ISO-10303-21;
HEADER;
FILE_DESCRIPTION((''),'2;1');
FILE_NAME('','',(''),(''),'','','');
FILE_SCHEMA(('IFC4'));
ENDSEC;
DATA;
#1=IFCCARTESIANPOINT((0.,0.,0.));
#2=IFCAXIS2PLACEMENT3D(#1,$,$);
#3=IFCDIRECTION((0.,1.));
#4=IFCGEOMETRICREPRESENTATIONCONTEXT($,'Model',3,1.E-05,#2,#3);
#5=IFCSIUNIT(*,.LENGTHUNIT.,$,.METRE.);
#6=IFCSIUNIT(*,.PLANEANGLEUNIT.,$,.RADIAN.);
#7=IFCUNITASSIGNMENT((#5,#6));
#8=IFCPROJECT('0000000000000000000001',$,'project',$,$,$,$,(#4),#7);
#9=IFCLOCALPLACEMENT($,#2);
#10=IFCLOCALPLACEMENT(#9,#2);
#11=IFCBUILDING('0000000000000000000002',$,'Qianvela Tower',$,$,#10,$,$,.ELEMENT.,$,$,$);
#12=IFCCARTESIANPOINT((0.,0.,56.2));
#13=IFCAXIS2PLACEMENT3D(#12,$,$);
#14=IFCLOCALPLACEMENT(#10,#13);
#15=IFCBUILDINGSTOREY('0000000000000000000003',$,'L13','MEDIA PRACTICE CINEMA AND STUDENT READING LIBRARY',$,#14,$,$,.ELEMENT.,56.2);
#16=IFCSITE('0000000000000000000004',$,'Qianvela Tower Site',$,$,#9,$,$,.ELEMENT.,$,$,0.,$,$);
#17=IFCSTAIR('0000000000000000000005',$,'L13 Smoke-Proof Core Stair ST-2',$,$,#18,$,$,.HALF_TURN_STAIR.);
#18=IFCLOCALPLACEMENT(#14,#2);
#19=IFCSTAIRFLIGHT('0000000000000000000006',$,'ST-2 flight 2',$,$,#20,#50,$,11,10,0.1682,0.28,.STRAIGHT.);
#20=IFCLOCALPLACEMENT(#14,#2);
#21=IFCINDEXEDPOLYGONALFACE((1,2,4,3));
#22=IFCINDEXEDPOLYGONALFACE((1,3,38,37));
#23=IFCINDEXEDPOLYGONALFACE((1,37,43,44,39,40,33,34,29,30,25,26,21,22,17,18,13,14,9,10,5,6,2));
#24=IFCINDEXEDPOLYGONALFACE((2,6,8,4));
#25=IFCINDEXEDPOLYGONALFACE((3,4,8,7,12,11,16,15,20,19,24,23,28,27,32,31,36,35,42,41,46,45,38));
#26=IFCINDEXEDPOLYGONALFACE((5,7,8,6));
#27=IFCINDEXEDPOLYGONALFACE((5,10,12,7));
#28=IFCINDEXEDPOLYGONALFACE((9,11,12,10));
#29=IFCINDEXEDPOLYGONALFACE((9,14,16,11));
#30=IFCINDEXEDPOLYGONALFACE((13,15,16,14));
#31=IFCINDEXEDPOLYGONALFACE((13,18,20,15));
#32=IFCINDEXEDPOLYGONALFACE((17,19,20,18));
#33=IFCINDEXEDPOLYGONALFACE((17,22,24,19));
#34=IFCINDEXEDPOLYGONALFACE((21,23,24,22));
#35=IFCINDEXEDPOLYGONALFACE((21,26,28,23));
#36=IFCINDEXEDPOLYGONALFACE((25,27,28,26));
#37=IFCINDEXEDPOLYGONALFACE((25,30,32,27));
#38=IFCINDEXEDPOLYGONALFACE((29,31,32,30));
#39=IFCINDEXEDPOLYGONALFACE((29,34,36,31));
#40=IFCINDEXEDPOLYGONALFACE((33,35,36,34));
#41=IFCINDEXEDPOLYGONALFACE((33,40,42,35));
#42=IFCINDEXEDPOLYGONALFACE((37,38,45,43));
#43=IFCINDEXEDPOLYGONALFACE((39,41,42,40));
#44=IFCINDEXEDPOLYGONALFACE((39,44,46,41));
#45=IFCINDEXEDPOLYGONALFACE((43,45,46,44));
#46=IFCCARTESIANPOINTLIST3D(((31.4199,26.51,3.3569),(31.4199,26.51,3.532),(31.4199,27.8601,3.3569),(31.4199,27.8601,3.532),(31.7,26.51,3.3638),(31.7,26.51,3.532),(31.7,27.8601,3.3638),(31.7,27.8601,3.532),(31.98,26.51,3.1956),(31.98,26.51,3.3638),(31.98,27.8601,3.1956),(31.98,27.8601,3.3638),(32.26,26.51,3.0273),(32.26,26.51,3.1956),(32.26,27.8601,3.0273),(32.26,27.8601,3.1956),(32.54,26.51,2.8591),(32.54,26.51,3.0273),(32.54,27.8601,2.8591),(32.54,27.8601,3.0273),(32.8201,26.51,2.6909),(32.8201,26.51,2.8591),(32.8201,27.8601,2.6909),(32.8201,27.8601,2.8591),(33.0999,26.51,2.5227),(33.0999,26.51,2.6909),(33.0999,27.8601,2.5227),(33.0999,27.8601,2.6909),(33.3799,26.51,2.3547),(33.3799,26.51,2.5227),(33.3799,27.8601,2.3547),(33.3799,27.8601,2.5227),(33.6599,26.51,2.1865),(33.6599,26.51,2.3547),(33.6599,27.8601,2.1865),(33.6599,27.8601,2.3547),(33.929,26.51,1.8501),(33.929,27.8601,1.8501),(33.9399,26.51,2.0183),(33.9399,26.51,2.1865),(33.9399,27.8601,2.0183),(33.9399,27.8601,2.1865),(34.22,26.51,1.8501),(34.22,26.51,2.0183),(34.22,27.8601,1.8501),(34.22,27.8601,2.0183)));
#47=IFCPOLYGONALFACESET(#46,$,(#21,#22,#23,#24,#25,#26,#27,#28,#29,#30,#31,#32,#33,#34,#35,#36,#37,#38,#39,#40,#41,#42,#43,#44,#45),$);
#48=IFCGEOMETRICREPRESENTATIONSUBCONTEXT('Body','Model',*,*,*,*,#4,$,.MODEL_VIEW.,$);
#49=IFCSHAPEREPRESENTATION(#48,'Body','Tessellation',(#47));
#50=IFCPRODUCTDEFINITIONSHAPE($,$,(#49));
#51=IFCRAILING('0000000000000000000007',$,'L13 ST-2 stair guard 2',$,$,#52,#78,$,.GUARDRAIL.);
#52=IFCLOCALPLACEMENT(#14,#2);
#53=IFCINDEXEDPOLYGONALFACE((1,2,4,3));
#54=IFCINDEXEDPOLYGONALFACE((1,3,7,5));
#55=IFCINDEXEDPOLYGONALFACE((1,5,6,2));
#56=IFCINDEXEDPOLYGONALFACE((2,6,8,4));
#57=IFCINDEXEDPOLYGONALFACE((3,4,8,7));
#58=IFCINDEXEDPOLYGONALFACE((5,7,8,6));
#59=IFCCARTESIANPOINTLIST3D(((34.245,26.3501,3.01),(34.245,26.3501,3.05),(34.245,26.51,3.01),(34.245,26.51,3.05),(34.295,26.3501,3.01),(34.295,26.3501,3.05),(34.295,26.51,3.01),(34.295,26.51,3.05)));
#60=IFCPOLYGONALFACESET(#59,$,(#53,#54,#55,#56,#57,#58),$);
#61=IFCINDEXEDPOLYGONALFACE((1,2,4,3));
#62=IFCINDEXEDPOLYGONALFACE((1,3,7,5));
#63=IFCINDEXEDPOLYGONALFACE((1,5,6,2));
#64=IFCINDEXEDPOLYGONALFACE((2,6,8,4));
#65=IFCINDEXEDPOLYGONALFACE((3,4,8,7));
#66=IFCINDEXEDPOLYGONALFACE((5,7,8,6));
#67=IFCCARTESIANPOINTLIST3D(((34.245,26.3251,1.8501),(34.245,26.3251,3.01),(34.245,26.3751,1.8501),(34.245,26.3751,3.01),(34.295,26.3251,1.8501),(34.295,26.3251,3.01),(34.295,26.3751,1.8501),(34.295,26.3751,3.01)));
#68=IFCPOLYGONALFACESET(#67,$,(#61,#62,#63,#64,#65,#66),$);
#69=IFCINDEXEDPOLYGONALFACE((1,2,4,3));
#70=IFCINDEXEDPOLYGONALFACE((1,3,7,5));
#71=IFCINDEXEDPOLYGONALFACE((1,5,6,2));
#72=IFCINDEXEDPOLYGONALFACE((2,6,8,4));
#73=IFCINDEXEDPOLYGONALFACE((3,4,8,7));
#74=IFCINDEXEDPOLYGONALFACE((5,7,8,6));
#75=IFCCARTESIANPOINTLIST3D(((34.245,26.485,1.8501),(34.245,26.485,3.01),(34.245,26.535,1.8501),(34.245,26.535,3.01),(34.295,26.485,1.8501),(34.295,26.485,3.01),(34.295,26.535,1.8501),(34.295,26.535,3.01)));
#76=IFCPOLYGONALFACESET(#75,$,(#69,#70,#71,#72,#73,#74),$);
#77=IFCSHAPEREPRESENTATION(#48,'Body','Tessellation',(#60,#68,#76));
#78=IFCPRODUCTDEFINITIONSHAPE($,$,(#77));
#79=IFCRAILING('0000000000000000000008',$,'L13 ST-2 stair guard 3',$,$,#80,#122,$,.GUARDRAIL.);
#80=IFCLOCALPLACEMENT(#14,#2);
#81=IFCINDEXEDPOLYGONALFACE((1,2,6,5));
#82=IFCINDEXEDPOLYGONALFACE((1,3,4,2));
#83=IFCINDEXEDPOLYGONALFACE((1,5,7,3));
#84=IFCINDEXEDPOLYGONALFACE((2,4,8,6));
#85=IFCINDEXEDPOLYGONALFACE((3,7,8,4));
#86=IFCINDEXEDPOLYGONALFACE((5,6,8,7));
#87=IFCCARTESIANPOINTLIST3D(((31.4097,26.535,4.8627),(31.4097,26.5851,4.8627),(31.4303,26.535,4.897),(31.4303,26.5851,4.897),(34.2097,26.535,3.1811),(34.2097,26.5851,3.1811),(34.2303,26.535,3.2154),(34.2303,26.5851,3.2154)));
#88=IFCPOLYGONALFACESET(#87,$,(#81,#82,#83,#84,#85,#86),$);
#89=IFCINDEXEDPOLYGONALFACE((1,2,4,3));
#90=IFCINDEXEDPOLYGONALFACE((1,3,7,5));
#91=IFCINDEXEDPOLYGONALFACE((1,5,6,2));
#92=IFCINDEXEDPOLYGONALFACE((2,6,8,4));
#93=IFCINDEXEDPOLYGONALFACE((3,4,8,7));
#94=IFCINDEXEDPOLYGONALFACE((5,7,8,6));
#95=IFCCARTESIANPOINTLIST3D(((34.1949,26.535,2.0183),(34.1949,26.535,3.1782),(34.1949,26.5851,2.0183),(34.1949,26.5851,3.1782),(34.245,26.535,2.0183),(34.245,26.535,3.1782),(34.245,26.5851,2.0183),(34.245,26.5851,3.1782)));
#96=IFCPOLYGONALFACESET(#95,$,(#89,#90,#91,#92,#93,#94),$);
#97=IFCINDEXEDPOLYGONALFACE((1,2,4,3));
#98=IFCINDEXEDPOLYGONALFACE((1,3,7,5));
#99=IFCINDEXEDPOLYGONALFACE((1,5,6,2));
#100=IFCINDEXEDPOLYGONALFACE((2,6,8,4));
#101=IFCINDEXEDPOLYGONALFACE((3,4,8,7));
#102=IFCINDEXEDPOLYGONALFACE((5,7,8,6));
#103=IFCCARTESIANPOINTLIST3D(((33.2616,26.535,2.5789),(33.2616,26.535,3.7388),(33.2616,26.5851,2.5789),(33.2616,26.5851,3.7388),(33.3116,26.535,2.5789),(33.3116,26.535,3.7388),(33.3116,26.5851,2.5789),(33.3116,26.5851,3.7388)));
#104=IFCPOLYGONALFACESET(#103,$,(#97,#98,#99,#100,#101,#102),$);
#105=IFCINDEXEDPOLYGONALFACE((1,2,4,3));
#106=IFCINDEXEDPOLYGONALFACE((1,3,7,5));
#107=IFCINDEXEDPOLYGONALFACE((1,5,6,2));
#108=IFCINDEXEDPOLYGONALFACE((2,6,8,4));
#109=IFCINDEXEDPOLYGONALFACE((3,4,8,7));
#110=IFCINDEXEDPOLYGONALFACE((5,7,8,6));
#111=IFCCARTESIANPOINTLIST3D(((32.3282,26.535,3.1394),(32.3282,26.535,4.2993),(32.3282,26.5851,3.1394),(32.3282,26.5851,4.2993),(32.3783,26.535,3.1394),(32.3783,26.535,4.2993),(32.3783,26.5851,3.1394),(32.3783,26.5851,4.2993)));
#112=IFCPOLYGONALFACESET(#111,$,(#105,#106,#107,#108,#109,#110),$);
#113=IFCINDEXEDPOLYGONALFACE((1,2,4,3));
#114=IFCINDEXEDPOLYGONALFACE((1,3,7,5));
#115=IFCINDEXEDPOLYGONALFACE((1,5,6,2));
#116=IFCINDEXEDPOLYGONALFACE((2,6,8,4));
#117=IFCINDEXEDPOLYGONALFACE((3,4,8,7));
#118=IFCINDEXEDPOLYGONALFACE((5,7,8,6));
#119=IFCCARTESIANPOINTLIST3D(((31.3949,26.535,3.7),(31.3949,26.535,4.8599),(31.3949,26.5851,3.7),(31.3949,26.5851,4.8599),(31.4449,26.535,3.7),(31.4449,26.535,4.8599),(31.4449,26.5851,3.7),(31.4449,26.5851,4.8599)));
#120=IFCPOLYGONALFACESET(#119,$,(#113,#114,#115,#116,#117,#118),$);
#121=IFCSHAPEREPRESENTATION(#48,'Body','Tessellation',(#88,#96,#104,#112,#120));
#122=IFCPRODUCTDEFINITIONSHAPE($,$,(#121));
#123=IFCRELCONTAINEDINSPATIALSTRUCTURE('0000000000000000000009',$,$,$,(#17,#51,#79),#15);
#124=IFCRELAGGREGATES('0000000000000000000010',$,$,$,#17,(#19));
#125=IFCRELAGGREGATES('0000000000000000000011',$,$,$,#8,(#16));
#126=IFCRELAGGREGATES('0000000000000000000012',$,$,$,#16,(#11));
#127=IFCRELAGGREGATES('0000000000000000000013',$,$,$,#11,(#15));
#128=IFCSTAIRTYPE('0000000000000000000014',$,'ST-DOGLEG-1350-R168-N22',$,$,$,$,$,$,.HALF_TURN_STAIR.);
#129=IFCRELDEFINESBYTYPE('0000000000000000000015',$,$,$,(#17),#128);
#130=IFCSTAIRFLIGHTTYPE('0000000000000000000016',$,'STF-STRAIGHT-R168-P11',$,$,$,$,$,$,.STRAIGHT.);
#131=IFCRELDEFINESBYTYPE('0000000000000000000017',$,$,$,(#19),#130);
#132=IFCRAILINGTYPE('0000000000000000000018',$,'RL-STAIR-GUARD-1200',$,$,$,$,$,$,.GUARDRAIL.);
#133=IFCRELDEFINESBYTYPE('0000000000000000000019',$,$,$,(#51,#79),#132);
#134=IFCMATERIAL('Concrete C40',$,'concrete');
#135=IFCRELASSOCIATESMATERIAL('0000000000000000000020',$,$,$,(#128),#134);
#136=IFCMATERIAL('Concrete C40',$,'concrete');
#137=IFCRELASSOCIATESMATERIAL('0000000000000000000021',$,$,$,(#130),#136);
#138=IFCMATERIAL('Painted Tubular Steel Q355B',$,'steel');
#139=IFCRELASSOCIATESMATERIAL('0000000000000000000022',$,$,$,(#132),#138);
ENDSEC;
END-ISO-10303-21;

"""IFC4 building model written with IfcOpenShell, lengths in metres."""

from ifc_helpers import new_model, si_unit, direction, frame, origin, origin_2d, place, context, subcontext, project, spatial, polyline, rectangle, outline, extrude, material, type_object, element, aggregate, save


model = new_model("IFC4")

# Units and contexts
model_context = context("Model", 3, precision=1e-05, world=origin(), true_north=direction((0.0, 1.0)))
body_context = subcontext(model_context, "Body", "Model", "MODEL_VIEW")
ifc_project = project(units=[si_unit("LENGTHUNIT", "METRE"), si_unit("PLANEANGLEUNIT", "RADIAN")], contexts=[model_context])

# Site, building, storey
site_placement = place(None, origin())
site = spatial("IfcSite", under=ifc_project, at=site_placement, Name="Qianvela Tower Site", CompositionType="ELEMENT", RefElevation=0.0)
building_placement = place(site_placement, origin())
building = spatial("IfcBuilding", under=site, at=building_placement, Name="Qianvela Tower", CompositionType="ELEMENT")
storey_placement = place(building_placement, frame((0.0, 0.0, 56.2)))
storey = spatial("IfcBuildingStorey", under=building, at=storey_placement, Name="L13", Description="MEDIA PRACTICE CINEMA AND STUDENT READING LIBRARY", CompositionType="ELEMENT", Elevation=56.2)

# Stair, stair flight
ifc_material_1 = material(Name="Concrete C40", Category="concrete")
stair_type = type_object("IfcStairType", Name="ST-DOGLEG-1350-R168-N22", PredefinedType="HALF_TURN_STAIR", material=ifc_material_1)
stair_placement = place(storey_placement, origin())
stair = element("IfcStair", 1, at=stair_placement, inside=storey, type_object=stair_type, Name="L13 Smoke-Proof Core Stair ST-2", PredefinedType="HALF_TURN_STAIR")
ifc_material_2 = material(Name="Concrete C40", Category="concrete")
stair_flight_type = type_object("IfcStairFlightType", Name="STF-STRAIGHT-R168-P11", PredefinedType="STRAIGHT", material=ifc_material_2)
stair_flight_placement = place(storey_placement, frame((34.22, 27.1851, 1.8501), z_axis=(0.0, 0.0, 1.0), x_axis=(-1.0, 0.0, 0.0)))
stair_flight = element("IfcStairFlight", 2, at=stair_flight_placement, type_object=stair_flight_type, Name="ST-2 flight 2", NumberOfRisers=11, NumberOfTreads=10, PredefinedType="STRAIGHT", RiserHeight=0.1682, TreadLength=0.28, context=body_context, shape_type="SweptSolid", body=[
    extrude(outline(polyline([(0.0, 0.0), (0.0, 0.1682), (0.28, 0.1682), (0.28, 0.3364), (0.5601, 0.3364), (0.5601, 0.5046), (0.8401, 0.5046), (0.8401, 0.6726), (1.1201, 0.6726), (1.1201, 0.8408), (1.3999, 0.8408), (1.3999, 1.009), (1.6799, 1.009), (1.6799, 1.1772), (1.96, 1.1772), (1.96, 1.3455), (2.24, 1.3455), (2.24, 1.5137), (2.52, 1.5137), (2.52, 1.6819), (2.8, 1.6819), (2.8, 1.8501), (2.8, 1.5068), (0.291, 0.0), (0.0, 0.0)])), frame((0.0, 0.675, 0.0), z_axis=(0.0, -1.0, 0.0), x_axis=(1.0, 0.0, 0.0)), (0.0, 0.0, 1.0), 1.3501),
])
aggregate(stair, [stair_flight])

# Railings
ifc_material_3 = material(Name="Painted Tubular Steel Q355B", Category="steel")
railing_type = type_object("IfcRailingType", Name="RL-STAIR-GUARD-1200", PredefinedType="GUARDRAIL", material=ifc_material_3)
railing_1_placement = place(storey_placement, frame((34.27, 26.3501, 1.8501)))
element("IfcRailing", 3, at=railing_1_placement, inside=storey, type_object=railing_type, Name="L13 ST-2 stair guard 2", PredefinedType="GUARDRAIL", context=body_context, shape_type="SweptSolid", body=[
    extrude(rectangle(XDim=0.05, YDim=0.04, at=origin_2d()), frame((0.0, 0.0, 1.1799), z_axis=(0.0, 1.0, 0.0), x_axis=(-1.0, 0.0, 0.0)), (0.0, 0.0, 1.0), 0.1599),
    extrude(rectangle(XDim=0.05, YDim=0.05, at=origin_2d()), origin(), (0.0, 0.0, 1.0), 1.1599),
    extrude(rectangle(XDim=0.05, YDim=0.05, at=origin_2d()), frame((0.0, 0.1599, 0.0)), (0.0, 0.0, 1.0), 1.1599),
])
railing_2_placement = place(storey_placement, frame((34.22, 26.5601, 2.0183)))
element("IfcRailing", 4, at=railing_2_placement, inside=storey, type_object=railing_type, Name="L13 ST-2 stair guard 3", PredefinedType="GUARDRAIL", context=body_context, shape_type="SweptSolid", body=[
    extrude(rectangle(XDim=0.05, YDim=0.04, at=origin_2d()), frame((0.0, 0.0, 1.1799), z_axis=(-0.857275, 0.0, 0.514858), x_axis=(0.0, -1.0, 0.0)), (0.0, 0.0, 1.0), 3.2661),
    extrude(rectangle(XDim=0.05, YDim=0.05, at=origin_2d()), origin(), (0.0, 0.0, 1.0), 1.1599),
    extrude(rectangle(XDim=0.05, YDim=0.05, at=origin_2d()), frame((-0.9333, 0.0, 0.5605)), (0.0, 0.0, 1.0), 1.1599),
    extrude(rectangle(XDim=0.05, YDim=0.05, at=origin_2d()), frame((-1.8667, 0.0, 1.1211)), (0.0, 0.0, 1.0), 1.1599),
    extrude(rectangle(XDim=0.05, YDim=0.05, at=origin_2d()), frame((-2.8, 0.0, 1.6816)), (0.0, 0.0, 1.0), 1.1599),
])

save(model, "model.ifc")
